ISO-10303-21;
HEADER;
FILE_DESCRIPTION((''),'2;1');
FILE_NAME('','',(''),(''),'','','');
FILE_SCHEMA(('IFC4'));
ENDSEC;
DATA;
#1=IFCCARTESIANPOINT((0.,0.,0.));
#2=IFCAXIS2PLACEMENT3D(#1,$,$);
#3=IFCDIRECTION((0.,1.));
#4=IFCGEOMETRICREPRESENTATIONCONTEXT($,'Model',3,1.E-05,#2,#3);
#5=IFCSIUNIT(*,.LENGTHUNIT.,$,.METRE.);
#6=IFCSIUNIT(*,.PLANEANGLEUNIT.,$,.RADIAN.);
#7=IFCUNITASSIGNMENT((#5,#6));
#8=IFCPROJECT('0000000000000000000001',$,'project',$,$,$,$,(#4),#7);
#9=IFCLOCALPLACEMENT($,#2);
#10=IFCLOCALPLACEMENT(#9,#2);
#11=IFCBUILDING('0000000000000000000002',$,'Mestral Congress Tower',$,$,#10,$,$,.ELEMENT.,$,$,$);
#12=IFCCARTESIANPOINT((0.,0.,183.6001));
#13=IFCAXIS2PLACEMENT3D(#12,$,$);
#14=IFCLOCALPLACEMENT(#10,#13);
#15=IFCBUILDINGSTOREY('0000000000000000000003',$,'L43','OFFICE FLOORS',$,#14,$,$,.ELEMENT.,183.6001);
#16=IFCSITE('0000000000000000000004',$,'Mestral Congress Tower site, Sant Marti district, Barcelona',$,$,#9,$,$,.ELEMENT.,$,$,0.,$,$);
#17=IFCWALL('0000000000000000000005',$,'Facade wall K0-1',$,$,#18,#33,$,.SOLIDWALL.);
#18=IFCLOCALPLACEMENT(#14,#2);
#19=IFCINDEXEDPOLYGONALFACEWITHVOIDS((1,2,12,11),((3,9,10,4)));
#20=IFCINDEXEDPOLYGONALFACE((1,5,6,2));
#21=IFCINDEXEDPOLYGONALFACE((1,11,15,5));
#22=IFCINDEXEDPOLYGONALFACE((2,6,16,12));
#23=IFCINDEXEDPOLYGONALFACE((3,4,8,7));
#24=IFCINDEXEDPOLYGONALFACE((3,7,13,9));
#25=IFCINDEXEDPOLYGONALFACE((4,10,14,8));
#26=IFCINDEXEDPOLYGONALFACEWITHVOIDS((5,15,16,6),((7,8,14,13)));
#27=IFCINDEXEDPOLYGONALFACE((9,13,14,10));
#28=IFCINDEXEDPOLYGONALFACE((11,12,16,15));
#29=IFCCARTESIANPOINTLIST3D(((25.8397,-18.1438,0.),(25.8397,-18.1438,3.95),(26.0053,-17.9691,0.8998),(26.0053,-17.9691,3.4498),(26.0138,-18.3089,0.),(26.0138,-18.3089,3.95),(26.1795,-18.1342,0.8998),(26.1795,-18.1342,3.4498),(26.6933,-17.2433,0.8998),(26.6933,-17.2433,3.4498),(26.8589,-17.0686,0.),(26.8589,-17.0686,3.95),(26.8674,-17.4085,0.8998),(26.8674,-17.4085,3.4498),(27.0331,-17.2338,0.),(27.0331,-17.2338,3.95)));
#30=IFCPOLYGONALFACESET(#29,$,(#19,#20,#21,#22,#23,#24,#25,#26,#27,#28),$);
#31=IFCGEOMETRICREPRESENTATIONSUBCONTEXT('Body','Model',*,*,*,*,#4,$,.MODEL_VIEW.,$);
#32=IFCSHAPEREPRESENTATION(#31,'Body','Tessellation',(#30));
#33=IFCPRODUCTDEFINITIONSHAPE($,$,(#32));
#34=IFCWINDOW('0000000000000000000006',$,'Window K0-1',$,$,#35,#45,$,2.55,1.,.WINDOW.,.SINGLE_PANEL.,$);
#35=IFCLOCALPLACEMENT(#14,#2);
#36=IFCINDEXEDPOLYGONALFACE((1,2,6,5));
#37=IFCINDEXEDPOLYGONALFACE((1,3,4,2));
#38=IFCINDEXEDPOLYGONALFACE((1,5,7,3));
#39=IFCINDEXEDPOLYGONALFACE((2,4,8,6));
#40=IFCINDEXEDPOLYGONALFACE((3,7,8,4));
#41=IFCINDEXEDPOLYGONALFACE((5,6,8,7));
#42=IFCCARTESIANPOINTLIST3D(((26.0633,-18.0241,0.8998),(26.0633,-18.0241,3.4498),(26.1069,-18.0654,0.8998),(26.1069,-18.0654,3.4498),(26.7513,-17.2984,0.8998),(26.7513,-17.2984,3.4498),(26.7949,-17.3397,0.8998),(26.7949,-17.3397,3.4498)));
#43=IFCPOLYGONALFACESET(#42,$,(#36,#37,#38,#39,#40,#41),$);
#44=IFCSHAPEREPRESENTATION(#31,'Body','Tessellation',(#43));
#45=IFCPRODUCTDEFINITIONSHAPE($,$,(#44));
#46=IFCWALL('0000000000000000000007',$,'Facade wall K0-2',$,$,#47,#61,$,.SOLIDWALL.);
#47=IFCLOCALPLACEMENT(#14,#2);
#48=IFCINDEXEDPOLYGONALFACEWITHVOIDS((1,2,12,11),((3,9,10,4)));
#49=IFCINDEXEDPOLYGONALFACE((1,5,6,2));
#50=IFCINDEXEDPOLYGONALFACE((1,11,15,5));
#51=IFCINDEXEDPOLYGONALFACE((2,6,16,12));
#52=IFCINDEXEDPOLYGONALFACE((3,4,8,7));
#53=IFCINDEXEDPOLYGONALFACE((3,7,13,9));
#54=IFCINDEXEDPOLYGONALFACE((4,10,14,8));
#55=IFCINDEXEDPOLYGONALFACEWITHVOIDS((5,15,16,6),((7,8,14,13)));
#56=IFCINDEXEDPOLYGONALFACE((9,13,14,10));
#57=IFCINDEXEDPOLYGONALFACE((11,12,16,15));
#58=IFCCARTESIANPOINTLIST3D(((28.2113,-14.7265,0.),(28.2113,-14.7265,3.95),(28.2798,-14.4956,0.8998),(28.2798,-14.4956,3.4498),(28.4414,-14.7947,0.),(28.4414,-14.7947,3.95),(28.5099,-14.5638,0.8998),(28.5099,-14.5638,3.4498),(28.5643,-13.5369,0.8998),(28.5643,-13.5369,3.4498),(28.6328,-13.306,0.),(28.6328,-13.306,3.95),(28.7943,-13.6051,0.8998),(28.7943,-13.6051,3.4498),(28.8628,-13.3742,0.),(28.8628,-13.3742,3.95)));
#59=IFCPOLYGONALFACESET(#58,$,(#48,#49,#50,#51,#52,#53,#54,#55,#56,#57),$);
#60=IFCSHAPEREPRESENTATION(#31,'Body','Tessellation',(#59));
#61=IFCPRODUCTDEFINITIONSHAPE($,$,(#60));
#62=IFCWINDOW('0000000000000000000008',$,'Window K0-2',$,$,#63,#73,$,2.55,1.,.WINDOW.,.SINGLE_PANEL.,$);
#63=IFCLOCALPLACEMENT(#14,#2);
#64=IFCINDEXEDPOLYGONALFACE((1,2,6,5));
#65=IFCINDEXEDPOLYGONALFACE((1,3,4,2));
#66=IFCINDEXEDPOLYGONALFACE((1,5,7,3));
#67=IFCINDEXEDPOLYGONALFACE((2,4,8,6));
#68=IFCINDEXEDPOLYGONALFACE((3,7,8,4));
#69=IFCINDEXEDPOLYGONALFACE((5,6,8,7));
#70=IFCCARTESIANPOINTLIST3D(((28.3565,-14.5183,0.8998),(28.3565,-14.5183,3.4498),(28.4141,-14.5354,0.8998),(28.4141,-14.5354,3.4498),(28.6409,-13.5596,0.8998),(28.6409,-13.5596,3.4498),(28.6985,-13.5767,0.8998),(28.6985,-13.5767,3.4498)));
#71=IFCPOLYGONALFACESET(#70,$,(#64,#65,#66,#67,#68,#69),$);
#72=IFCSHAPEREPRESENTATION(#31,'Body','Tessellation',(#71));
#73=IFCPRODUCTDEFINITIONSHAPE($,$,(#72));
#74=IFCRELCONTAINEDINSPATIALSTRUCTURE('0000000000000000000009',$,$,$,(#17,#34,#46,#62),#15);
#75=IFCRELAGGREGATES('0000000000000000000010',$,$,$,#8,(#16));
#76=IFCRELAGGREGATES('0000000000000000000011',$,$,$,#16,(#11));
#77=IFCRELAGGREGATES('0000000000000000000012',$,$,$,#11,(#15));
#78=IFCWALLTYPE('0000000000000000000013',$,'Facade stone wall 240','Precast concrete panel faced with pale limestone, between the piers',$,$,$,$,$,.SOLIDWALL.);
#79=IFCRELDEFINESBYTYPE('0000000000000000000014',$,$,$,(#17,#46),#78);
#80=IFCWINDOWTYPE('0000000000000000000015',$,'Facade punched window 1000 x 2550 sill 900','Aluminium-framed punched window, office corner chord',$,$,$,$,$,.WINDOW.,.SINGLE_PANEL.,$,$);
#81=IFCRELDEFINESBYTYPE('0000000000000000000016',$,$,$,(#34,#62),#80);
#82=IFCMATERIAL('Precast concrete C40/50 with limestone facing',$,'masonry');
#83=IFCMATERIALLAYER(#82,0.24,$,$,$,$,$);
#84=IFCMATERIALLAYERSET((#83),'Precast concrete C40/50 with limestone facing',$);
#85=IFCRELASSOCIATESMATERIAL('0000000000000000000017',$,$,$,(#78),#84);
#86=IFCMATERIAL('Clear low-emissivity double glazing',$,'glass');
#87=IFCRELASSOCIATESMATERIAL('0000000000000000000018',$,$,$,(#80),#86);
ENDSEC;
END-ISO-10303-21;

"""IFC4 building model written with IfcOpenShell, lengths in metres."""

from ifc_helpers import new_model, si_unit, direction, frame, frame_2d, origin, place, context, subcontext, project, spatial, rectangle, extrude, material, layer, layer_set, type_object, element, fill, save


model = new_model("IFC4")

# Units and contexts
model_context = context("Model", 3, precision=1e-05, world=origin(), true_north=direction((0.0, 1.0)))
body_context = subcontext(model_context, "Body", "Model", "MODEL_VIEW")
ifc_project = project(units=[si_unit("LENGTHUNIT", "METRE"), si_unit("PLANEANGLEUNIT", "RADIAN")], contexts=[model_context])

# Site, building, storey
site_placement = place(None, origin())
site = spatial("IfcSite", under=ifc_project, at=site_placement, Name="Mestral Congress Tower site, Sant Marti district, Barcelona", CompositionType="ELEMENT", RefElevation=0.0)
building_placement = place(site_placement, origin())
building = spatial("IfcBuilding", under=site, at=building_placement, Name="Mestral Congress Tower", CompositionType="ELEMENT")
storey_placement = place(building_placement, frame((0.0, 0.0, 183.6001)))
storey = spatial("IfcBuildingStorey", under=building, at=storey_placement, Name="L43", Description="OFFICE FLOORS", CompositionType="ELEMENT", Elevation=183.6001)

# Shared definitions
ifc_material_1 = material(Name="Precast concrete C40/50 with limestone facing", Category="masonry")
ifc_layer = layer(ifc_material_1, 0.24)
ifc_layer_set = layer_set([ifc_layer], Name="Precast concrete C40/50 with limestone facing")
wall_type = type_object("IfcWallType", Name="Facade stone wall 240", Description="Precast concrete panel faced with pale limestone, between the piers", PredefinedType="SOLIDWALL", material=ifc_layer_set)
ifc_material_2 = material(Name="Clear low-emissivity double glazing", Category="glass")

# Walls, openings, windows
window_type_1 = type_object("IfcWindowType", Name="Facade punched window 1000 x 2550 sill 900", Description="Aluminium-framed punched window, office corner chord", PartitioningType="SINGLE_PANEL", PredefinedType="WINDOW", material=ifc_material_2)
wall_1_placement = place(storey_placement, frame((25.9268, -18.2263, 0.0), z_axis=(0.0, 0.0, 1.0), x_axis=(0.687987, 0.725723, 0.0)))
wall_1 = element("IfcWall", 1, at=wall_1_placement, inside=storey, type_object=wall_type, Name="Facade wall K0-1", PredefinedType="SOLIDWALL", context=body_context, shape_type="SweptSolid", body=[
    extrude(rectangle(XDim=1.4814, YDim=0.24, at=frame_2d((0.7407, 0.0))), origin(), (0.0, 0.0, 1.0), 3.95),
])
opening_1_placement = place(wall_1_placement, frame((0.2407, 0.0, 0.8999)))
opening_1 = element("IfcOpeningElement", 2, at=opening_1_placement, cuts=wall_1, PredefinedType="OPENING", context=body_context, shape_type="SweptSolid", body=[
    extrude(rectangle(XDim=1.0, YDim=2.55, at=frame_2d((0.5, 1.2749))), frame((0.0, 0.1299, 0.0), z_axis=(0.0, -1.0, 0.0), x_axis=(1.0, 0.0, 0.0)), (0.0, 0.0, 1.0), 0.26),
])
window_1_placement = place(opening_1_placement, origin())
window_1 = element("IfcWindow", 3, at=window_1_placement, inside=storey, type_object=window_type_1, Name="Window K0-1", OverallHeight=2.55, OverallWidth=1.0, PartitioningType="SINGLE_PANEL", PredefinedType="WINDOW", context=body_context, shape_type="SweptSolid", body=[
    extrude(rectangle(XDim=1.0, YDim=2.55, at=frame_2d((0.5, 1.2749))), frame((0.0, 0.04, 0.0), z_axis=(0.0, -1.0, 0.0), x_axis=(1.0, 0.0, 0.0)), (0.0, 0.0, 1.0), 0.0601),
])
fill(opening_1, window_1)
wall_2_placement = place(storey_placement, frame((28.3264, -14.7605, 0.0), z_axis=(0.0, 0.0, 1.0), x_axis=(0.284414, 0.958702, 0.0)))
wall_2 = element("IfcWall", 4, at=wall_2_placement, inside=storey, type_object=wall_type, Name="Facade wall K0-2", PredefinedType="SOLIDWALL", context=body_context, shape_type="SweptSolid", body=[
    extrude(rectangle(XDim=1.4817, YDim=0.24, at=frame_2d((0.7407, 0.0))), origin(), (0.0, 0.0, 1.0), 3.95),
])
opening_2_placement = place(wall_2_placement, frame((0.2407, 0.0, 0.8999)))
opening_2 = element("IfcOpeningElement", 5, at=opening_2_placement, cuts=wall_2, PredefinedType="OPENING", context=body_context, shape_type="SweptSolid", body=[
    extrude(rectangle(XDim=1.0, YDim=2.55, at=frame_2d((0.5, 1.2749))), frame((0.0, 0.1299, 0.0), z_axis=(0.0, -1.0, 0.0), x_axis=(1.0, 0.0, 0.0)), (0.0, 0.0, 1.0), 0.26),
])
window_2_placement = place(opening_2_placement, origin())
window_2 = element("IfcWindow", 6, at=window_2_placement, inside=storey, type_object=window_type_1, Name="Window K0-2", OverallHeight=2.55, OverallWidth=1.0, PartitioningType="SINGLE_PANEL", PredefinedType="WINDOW", context=body_context, shape_type="SweptSolid", body=[
    extrude(rectangle(XDim=1.0, YDim=2.55, at=frame_2d((0.5, 1.2749))), frame((0.0, 0.04, 0.0), z_axis=(0.0, -1.0, 0.0), x_axis=(1.0, 0.0, 0.0)), (0.0, 0.0, 1.0), 0.0601),
])
fill(opening_2, window_2)

save(model, "model.ifc")
